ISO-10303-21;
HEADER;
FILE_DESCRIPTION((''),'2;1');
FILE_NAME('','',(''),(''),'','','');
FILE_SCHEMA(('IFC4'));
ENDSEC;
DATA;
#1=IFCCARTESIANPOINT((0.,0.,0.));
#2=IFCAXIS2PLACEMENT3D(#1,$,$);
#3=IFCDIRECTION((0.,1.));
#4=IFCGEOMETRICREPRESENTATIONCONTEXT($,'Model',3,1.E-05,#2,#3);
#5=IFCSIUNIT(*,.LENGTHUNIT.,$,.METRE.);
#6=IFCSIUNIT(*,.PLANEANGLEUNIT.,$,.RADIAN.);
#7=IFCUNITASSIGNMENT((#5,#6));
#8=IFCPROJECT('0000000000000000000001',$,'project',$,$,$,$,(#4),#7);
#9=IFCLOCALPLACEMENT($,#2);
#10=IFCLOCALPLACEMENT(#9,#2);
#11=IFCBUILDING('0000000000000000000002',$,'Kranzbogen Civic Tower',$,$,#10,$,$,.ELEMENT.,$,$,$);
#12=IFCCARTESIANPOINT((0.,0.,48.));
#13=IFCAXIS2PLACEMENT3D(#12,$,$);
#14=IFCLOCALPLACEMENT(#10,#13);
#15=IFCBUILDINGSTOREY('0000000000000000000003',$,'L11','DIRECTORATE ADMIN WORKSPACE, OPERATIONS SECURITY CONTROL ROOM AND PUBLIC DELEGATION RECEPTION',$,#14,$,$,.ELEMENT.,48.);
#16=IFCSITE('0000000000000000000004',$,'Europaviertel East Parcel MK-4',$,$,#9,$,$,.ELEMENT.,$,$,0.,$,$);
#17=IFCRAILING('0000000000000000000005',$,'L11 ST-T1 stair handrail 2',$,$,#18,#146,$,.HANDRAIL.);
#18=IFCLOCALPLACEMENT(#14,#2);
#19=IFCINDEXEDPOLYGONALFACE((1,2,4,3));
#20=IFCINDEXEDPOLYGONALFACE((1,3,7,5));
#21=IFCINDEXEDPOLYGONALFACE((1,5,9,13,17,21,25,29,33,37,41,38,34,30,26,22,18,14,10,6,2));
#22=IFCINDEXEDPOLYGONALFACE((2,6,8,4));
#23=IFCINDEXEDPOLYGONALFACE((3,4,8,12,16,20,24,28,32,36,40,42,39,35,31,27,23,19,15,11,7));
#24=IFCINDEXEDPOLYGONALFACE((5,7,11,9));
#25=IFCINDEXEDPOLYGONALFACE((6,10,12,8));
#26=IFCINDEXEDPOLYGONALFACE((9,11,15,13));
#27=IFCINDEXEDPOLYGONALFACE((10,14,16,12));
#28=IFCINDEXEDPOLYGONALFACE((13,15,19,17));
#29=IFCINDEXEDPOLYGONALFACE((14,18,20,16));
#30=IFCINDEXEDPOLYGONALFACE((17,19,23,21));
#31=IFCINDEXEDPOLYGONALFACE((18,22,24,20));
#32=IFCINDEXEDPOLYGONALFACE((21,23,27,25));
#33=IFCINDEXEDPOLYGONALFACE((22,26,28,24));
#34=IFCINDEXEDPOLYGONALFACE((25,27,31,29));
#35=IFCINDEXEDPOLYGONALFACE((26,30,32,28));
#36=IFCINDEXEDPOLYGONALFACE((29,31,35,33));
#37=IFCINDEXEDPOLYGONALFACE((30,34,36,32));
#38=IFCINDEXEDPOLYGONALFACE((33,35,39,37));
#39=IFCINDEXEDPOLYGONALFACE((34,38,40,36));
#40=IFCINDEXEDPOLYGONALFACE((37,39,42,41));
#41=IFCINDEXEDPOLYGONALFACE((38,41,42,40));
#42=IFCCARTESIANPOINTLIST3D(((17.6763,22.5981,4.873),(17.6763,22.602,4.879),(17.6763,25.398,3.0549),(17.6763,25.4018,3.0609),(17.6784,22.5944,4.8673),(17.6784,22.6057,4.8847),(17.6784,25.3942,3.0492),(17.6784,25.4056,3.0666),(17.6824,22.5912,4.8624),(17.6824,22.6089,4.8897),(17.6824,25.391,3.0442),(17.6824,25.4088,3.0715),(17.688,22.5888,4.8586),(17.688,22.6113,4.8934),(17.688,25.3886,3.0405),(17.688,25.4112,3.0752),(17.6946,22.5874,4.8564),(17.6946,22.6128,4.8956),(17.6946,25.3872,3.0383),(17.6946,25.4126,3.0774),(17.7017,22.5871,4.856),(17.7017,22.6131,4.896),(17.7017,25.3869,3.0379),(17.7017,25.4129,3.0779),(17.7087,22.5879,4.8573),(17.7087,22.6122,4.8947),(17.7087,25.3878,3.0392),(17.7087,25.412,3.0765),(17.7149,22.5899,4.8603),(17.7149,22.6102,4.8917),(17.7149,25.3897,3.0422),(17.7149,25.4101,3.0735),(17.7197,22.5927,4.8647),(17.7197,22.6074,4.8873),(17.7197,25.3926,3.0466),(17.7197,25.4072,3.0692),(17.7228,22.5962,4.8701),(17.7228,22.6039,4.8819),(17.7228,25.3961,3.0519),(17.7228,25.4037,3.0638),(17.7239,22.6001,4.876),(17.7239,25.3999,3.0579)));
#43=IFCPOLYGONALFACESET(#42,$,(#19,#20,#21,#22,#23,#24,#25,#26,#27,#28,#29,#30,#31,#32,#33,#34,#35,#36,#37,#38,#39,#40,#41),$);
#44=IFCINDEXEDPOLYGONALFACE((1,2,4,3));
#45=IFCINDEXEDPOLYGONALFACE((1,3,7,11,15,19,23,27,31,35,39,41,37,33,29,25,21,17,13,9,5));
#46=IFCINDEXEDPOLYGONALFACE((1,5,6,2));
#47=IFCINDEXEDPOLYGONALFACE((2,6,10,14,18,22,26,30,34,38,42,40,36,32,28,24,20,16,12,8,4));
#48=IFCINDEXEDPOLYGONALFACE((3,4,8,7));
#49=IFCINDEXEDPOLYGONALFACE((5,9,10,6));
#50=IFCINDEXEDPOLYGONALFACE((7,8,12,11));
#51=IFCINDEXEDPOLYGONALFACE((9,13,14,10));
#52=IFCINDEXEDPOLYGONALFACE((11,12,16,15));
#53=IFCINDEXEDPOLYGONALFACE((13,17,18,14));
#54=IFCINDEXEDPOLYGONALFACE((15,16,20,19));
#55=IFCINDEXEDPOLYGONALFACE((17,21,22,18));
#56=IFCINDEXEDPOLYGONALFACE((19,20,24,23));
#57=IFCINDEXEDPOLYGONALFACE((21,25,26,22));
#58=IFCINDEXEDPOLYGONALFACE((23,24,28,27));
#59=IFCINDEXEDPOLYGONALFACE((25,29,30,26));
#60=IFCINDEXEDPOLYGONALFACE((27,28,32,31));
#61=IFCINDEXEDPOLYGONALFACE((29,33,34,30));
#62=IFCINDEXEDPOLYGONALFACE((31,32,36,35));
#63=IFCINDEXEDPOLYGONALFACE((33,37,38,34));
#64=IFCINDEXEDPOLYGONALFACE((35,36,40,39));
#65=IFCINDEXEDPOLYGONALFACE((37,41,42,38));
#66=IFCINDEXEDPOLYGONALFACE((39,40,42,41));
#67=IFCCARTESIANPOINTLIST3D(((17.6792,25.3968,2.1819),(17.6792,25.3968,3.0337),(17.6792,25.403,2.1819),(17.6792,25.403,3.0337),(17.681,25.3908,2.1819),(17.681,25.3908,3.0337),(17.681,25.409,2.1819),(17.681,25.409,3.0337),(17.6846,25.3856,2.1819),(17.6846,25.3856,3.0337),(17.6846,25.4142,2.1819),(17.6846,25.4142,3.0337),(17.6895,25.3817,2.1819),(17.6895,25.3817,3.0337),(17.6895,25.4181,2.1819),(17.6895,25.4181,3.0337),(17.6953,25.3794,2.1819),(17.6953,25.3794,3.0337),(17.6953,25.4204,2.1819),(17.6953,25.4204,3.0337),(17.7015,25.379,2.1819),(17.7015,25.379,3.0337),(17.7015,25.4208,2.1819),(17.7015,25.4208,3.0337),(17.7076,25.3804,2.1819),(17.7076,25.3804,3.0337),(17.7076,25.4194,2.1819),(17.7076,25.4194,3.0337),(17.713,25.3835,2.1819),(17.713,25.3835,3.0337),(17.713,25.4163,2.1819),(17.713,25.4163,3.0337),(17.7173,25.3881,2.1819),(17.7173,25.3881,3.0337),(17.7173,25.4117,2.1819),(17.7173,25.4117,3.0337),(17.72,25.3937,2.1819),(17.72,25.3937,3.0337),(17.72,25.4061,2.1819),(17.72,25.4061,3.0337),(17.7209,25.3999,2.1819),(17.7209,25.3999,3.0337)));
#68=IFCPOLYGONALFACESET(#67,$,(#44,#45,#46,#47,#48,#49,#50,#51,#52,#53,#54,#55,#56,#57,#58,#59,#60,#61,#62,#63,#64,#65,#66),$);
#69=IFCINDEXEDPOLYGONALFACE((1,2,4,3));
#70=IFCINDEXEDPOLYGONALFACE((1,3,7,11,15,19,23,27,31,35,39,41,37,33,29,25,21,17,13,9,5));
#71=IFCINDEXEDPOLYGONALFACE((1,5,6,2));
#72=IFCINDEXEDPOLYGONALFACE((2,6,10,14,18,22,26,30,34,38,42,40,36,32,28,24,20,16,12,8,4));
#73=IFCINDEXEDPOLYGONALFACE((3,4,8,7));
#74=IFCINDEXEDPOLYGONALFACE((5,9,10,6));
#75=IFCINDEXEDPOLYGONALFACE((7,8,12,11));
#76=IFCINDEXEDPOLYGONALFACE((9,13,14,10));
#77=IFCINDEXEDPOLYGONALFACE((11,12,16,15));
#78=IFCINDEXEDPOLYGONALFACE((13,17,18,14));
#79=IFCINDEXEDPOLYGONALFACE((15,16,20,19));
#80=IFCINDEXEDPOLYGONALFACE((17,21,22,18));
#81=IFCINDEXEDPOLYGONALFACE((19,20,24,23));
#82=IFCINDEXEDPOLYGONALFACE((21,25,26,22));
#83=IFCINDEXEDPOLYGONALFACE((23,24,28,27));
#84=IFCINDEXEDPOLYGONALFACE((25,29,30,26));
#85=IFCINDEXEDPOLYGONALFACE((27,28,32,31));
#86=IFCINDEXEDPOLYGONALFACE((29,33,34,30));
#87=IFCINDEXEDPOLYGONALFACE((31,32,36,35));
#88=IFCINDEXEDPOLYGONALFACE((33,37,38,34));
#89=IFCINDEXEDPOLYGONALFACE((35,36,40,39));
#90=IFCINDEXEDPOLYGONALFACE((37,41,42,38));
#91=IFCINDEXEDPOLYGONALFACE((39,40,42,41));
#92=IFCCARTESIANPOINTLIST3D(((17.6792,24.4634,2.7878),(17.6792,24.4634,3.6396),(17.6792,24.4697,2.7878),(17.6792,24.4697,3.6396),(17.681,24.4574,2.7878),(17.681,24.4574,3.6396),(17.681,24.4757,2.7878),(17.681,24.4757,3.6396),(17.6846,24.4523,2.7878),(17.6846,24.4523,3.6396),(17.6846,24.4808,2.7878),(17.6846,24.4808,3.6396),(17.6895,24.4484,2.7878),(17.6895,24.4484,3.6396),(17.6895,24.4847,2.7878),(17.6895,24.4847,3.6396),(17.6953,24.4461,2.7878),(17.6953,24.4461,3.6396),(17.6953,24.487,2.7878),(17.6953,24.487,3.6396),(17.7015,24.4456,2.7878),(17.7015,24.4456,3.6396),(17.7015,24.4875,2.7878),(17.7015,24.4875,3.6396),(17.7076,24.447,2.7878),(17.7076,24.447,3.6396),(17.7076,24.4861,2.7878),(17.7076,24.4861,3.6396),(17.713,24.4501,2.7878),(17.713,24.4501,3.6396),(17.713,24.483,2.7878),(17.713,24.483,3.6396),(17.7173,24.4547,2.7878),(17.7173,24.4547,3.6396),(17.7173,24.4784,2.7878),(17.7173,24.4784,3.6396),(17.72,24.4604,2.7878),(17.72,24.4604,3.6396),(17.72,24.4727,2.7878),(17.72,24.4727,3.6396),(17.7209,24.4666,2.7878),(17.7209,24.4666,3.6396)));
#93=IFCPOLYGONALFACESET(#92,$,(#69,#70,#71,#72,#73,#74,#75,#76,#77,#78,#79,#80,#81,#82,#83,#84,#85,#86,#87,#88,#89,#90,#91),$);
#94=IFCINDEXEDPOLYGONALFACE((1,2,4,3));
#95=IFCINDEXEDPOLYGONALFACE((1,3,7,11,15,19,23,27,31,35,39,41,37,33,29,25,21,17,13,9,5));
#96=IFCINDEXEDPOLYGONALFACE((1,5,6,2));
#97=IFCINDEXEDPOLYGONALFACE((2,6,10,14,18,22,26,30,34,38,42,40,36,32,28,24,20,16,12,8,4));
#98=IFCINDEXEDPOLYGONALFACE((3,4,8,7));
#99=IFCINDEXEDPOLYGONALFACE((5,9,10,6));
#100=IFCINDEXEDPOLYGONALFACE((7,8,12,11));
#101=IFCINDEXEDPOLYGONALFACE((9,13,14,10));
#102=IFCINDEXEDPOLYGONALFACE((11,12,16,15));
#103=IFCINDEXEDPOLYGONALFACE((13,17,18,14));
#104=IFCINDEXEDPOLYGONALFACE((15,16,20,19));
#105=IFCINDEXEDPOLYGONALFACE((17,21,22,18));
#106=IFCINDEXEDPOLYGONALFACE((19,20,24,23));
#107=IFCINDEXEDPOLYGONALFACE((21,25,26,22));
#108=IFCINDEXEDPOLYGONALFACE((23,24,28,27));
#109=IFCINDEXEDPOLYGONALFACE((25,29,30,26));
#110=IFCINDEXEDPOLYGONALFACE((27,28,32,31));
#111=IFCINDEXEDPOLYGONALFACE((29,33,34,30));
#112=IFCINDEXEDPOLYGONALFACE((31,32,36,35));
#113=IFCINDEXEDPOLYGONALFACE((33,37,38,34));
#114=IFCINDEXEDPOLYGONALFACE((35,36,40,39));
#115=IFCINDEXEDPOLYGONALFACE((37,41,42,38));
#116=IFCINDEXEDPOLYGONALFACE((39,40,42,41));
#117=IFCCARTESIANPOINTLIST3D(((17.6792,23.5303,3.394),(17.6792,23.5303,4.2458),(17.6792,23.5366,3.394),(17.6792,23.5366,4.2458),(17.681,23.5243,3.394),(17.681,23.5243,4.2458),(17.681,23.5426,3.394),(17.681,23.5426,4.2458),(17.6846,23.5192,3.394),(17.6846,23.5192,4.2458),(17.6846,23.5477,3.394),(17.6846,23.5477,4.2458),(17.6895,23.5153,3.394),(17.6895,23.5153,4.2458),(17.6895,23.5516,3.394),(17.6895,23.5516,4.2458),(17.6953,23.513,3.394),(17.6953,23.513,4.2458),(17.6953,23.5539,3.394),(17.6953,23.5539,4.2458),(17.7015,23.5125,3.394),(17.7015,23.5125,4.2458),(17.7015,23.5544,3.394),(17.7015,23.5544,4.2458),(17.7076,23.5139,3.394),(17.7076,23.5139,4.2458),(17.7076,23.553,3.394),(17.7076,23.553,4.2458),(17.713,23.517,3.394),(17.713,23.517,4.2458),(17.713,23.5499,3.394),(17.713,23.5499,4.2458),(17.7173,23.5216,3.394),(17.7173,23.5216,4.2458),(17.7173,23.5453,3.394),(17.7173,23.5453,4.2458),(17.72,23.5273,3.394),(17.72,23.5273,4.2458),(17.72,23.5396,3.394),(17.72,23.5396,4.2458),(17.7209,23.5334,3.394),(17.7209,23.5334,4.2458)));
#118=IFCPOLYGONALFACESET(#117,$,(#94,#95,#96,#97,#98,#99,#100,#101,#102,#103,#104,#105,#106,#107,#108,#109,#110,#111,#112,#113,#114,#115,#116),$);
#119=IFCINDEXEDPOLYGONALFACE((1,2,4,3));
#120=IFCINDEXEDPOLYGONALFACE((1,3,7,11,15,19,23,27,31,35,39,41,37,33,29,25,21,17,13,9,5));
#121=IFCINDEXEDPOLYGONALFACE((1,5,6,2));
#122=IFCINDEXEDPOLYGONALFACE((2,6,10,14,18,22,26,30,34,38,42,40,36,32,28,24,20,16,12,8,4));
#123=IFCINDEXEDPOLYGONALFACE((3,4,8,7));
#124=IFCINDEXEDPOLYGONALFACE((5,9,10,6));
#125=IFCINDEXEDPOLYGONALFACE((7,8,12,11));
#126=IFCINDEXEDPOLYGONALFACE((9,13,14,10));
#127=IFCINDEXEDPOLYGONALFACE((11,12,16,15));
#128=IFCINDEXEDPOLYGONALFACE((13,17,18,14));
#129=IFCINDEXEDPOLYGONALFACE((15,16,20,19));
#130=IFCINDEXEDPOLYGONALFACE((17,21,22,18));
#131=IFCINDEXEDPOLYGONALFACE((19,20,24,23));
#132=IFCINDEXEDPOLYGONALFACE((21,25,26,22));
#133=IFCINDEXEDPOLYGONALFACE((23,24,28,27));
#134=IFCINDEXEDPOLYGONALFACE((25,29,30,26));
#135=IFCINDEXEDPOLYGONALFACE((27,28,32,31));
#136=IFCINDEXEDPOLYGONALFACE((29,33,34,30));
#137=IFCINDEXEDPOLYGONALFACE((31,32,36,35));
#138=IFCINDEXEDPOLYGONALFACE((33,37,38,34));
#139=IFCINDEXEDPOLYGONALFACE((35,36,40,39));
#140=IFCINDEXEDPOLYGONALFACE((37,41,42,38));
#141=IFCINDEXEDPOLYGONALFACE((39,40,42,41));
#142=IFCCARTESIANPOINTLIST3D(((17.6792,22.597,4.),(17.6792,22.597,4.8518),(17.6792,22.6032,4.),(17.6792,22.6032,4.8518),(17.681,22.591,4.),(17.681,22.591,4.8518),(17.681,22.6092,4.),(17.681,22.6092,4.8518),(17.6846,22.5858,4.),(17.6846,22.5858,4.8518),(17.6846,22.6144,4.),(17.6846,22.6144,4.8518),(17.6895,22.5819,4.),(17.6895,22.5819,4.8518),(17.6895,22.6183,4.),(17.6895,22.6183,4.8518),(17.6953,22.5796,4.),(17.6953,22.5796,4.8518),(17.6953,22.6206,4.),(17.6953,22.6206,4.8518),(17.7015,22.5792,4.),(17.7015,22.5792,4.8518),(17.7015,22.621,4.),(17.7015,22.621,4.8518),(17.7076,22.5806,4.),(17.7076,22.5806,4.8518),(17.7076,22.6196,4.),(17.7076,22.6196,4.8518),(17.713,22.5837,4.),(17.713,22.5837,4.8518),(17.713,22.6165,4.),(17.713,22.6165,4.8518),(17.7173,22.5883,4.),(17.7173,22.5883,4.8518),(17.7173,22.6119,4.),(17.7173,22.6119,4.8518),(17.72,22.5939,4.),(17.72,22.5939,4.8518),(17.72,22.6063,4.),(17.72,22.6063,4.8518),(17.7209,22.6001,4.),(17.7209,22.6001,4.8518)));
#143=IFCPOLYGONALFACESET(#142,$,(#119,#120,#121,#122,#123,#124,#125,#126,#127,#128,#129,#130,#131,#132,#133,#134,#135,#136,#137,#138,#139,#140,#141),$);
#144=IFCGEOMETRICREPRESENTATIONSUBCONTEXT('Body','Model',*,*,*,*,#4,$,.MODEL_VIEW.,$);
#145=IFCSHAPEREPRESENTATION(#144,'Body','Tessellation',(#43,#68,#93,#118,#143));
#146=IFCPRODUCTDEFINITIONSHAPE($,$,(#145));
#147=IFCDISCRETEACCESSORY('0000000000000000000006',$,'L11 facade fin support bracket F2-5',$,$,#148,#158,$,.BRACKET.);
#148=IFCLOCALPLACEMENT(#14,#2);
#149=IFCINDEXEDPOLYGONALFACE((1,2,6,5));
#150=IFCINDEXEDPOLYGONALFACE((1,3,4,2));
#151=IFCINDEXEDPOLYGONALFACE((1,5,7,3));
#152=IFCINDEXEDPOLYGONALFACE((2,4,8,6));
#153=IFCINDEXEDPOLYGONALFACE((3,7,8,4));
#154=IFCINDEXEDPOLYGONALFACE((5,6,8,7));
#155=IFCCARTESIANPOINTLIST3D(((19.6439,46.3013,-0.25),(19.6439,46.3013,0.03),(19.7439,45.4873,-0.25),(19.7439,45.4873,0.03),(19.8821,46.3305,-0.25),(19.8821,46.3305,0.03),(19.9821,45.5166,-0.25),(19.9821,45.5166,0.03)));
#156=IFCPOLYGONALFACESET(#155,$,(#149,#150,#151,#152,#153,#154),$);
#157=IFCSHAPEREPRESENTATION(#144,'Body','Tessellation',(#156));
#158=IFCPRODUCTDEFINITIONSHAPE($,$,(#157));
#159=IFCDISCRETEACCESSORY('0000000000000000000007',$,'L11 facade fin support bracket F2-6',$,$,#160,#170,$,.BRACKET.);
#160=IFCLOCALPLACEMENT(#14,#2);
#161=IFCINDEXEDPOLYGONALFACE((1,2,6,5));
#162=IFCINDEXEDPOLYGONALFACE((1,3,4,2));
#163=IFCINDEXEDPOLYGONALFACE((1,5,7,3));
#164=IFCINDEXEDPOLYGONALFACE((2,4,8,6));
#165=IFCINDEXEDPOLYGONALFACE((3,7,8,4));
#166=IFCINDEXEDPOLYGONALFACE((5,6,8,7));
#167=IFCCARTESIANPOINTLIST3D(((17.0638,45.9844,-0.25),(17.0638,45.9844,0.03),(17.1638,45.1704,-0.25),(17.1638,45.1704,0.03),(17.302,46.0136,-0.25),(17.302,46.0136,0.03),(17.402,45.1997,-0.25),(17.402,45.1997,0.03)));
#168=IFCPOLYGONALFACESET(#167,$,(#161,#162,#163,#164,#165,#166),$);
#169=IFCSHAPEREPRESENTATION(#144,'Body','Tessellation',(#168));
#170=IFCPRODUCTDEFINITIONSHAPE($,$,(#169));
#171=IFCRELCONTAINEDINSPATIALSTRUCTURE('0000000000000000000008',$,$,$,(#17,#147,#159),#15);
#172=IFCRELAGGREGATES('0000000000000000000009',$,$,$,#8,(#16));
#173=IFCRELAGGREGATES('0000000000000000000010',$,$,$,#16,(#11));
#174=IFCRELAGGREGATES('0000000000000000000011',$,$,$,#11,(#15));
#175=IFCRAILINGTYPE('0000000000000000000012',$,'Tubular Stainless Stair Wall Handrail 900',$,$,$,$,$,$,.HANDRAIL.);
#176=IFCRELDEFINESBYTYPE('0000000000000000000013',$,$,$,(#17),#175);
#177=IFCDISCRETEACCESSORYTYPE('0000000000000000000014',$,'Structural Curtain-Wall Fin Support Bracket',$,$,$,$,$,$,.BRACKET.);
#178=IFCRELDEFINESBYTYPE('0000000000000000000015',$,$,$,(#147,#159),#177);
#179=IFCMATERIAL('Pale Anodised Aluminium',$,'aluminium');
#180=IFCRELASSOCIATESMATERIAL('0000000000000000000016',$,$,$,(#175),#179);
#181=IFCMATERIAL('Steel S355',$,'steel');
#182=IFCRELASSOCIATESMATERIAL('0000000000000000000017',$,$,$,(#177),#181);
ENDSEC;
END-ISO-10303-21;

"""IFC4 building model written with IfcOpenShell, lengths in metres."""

from ifc_helpers import new_model, si_unit, direction, frame, origin, origin_2d, place, context, subcontext, project, spatial, rectangle, circle, extrude, material, type_object, element, save


model = new_model("IFC4")

# Units and contexts
model_context = context("Model", 3, precision=1e-05, world=origin(), true_north=direction((0.0, 1.0)))
body_context = subcontext(model_context, "Body", "Model", "MODEL_VIEW")
ifc_project = project(units=[si_unit("LENGTHUNIT", "METRE"), si_unit("PLANEANGLEUNIT", "RADIAN")], contexts=[model_context])

# Site, building, storey
site_placement = place(None, origin())
site = spatial("IfcSite", under=ifc_project, at=site_placement, Name="Europaviertel East Parcel MK-4", CompositionType="ELEMENT", RefElevation=0.0)
building_placement = place(site_placement, origin())
building = spatial("IfcBuilding", under=site, at=building_placement, Name="Kranzbogen Civic Tower", CompositionType="ELEMENT")
storey_placement = place(building_placement, frame((0.0, 0.0, 48.0)))
storey = spatial("IfcBuildingStorey", under=building, at=storey_placement, Name="L11", Description="DIRECTORATE ADMIN WORKSPACE, OPERATIONS SECURITY CONTROL ROOM AND PUBLIC DELEGATION RECEPTION", CompositionType="ELEMENT", Elevation=48.0)

# Shared definitions
ifc_material_1 = material(Name="Steel S355", Category="steel")

# Shared definitions
ifc_material_2 = material(Name="Pale Anodised Aluminium", Category="aluminium")

# Railing
railing_type_1 = type_object("IfcRailingType", Name="Tubular Stainless Stair Wall Handrail 900", PredefinedType="HANDRAIL", material=ifc_material_2)
railing_1_placement = place(storey_placement, frame((17.7, 25.3999, 2.1819)))
element("IfcRailing", 1, at=railing_1_placement, inside=storey, type_object=railing_type_1, Name="L11 ST-T1 stair handrail 2", PredefinedType="HANDRAIL", context=body_context, shape_type="SweptSolid", body=[
    extrude(circle(Radius=0.0239, at=origin_2d()), frame((0.0, 0.0, 0.876), z_axis=(0.0, -0.838684, 0.544618), x_axis=(1.0, 0.0, 0.0)), (0.0, 0.0, 1.0), 3.3384),
    extrude(circle(Radius=0.021, at=origin_2d()), origin(), (0.0, 0.0, 1.0), 0.8518),
    extrude(circle(Radius=0.021, at=origin_2d()), frame((0.0, -0.9333, 0.606)), (0.0, 0.0, 1.0), 0.8518),
    extrude(circle(Radius=0.021, at=origin_2d()), frame((0.0, -1.8665, 1.2122)), (0.0, 0.0, 1.0), 0.8518),
    extrude(circle(Radius=0.021, at=origin_2d()), frame((0.0, -2.7998, 1.8181)), (0.0, 0.0, 1.0), 0.8518),
])

# Discrete accessories
discrete_accessory_type = type_object("IfcDiscreteAccessoryType", Name="Structural Curtain-Wall Fin Support Bracket", PredefinedType="BRACKET", material=ifc_material_1)
for number, where, z_axis, x_axis, name in (
    (2, (19.813, 45.9089, -0.25), (0.0, 0.0, 1.0), (-0.121869, 0.992546, 0.0), "L11 facade fin support bracket F2-5"),
    (3, (17.2329, 45.592, -0.25), (0.0, 0.0, 1.0), (-0.121869, 0.992546, 0.0), "L11 facade fin support bracket F2-6"),
):
    element("IfcDiscreteAccessory", number, at=place(storey_placement, frame(where, z_axis=z_axis, x_axis=x_axis)), inside=storey, type_object=discrete_accessory_type, Name=name, PredefinedType="BRACKET", context=body_context, shape_type="SweptSolid", body=[
        extrude(rectangle(XDim=0.8201, YDim=0.24, at=origin_2d()), origin(), (0.0, 0.0, 1.0), 0.28),
    ])

save(model, "model.ifc")
